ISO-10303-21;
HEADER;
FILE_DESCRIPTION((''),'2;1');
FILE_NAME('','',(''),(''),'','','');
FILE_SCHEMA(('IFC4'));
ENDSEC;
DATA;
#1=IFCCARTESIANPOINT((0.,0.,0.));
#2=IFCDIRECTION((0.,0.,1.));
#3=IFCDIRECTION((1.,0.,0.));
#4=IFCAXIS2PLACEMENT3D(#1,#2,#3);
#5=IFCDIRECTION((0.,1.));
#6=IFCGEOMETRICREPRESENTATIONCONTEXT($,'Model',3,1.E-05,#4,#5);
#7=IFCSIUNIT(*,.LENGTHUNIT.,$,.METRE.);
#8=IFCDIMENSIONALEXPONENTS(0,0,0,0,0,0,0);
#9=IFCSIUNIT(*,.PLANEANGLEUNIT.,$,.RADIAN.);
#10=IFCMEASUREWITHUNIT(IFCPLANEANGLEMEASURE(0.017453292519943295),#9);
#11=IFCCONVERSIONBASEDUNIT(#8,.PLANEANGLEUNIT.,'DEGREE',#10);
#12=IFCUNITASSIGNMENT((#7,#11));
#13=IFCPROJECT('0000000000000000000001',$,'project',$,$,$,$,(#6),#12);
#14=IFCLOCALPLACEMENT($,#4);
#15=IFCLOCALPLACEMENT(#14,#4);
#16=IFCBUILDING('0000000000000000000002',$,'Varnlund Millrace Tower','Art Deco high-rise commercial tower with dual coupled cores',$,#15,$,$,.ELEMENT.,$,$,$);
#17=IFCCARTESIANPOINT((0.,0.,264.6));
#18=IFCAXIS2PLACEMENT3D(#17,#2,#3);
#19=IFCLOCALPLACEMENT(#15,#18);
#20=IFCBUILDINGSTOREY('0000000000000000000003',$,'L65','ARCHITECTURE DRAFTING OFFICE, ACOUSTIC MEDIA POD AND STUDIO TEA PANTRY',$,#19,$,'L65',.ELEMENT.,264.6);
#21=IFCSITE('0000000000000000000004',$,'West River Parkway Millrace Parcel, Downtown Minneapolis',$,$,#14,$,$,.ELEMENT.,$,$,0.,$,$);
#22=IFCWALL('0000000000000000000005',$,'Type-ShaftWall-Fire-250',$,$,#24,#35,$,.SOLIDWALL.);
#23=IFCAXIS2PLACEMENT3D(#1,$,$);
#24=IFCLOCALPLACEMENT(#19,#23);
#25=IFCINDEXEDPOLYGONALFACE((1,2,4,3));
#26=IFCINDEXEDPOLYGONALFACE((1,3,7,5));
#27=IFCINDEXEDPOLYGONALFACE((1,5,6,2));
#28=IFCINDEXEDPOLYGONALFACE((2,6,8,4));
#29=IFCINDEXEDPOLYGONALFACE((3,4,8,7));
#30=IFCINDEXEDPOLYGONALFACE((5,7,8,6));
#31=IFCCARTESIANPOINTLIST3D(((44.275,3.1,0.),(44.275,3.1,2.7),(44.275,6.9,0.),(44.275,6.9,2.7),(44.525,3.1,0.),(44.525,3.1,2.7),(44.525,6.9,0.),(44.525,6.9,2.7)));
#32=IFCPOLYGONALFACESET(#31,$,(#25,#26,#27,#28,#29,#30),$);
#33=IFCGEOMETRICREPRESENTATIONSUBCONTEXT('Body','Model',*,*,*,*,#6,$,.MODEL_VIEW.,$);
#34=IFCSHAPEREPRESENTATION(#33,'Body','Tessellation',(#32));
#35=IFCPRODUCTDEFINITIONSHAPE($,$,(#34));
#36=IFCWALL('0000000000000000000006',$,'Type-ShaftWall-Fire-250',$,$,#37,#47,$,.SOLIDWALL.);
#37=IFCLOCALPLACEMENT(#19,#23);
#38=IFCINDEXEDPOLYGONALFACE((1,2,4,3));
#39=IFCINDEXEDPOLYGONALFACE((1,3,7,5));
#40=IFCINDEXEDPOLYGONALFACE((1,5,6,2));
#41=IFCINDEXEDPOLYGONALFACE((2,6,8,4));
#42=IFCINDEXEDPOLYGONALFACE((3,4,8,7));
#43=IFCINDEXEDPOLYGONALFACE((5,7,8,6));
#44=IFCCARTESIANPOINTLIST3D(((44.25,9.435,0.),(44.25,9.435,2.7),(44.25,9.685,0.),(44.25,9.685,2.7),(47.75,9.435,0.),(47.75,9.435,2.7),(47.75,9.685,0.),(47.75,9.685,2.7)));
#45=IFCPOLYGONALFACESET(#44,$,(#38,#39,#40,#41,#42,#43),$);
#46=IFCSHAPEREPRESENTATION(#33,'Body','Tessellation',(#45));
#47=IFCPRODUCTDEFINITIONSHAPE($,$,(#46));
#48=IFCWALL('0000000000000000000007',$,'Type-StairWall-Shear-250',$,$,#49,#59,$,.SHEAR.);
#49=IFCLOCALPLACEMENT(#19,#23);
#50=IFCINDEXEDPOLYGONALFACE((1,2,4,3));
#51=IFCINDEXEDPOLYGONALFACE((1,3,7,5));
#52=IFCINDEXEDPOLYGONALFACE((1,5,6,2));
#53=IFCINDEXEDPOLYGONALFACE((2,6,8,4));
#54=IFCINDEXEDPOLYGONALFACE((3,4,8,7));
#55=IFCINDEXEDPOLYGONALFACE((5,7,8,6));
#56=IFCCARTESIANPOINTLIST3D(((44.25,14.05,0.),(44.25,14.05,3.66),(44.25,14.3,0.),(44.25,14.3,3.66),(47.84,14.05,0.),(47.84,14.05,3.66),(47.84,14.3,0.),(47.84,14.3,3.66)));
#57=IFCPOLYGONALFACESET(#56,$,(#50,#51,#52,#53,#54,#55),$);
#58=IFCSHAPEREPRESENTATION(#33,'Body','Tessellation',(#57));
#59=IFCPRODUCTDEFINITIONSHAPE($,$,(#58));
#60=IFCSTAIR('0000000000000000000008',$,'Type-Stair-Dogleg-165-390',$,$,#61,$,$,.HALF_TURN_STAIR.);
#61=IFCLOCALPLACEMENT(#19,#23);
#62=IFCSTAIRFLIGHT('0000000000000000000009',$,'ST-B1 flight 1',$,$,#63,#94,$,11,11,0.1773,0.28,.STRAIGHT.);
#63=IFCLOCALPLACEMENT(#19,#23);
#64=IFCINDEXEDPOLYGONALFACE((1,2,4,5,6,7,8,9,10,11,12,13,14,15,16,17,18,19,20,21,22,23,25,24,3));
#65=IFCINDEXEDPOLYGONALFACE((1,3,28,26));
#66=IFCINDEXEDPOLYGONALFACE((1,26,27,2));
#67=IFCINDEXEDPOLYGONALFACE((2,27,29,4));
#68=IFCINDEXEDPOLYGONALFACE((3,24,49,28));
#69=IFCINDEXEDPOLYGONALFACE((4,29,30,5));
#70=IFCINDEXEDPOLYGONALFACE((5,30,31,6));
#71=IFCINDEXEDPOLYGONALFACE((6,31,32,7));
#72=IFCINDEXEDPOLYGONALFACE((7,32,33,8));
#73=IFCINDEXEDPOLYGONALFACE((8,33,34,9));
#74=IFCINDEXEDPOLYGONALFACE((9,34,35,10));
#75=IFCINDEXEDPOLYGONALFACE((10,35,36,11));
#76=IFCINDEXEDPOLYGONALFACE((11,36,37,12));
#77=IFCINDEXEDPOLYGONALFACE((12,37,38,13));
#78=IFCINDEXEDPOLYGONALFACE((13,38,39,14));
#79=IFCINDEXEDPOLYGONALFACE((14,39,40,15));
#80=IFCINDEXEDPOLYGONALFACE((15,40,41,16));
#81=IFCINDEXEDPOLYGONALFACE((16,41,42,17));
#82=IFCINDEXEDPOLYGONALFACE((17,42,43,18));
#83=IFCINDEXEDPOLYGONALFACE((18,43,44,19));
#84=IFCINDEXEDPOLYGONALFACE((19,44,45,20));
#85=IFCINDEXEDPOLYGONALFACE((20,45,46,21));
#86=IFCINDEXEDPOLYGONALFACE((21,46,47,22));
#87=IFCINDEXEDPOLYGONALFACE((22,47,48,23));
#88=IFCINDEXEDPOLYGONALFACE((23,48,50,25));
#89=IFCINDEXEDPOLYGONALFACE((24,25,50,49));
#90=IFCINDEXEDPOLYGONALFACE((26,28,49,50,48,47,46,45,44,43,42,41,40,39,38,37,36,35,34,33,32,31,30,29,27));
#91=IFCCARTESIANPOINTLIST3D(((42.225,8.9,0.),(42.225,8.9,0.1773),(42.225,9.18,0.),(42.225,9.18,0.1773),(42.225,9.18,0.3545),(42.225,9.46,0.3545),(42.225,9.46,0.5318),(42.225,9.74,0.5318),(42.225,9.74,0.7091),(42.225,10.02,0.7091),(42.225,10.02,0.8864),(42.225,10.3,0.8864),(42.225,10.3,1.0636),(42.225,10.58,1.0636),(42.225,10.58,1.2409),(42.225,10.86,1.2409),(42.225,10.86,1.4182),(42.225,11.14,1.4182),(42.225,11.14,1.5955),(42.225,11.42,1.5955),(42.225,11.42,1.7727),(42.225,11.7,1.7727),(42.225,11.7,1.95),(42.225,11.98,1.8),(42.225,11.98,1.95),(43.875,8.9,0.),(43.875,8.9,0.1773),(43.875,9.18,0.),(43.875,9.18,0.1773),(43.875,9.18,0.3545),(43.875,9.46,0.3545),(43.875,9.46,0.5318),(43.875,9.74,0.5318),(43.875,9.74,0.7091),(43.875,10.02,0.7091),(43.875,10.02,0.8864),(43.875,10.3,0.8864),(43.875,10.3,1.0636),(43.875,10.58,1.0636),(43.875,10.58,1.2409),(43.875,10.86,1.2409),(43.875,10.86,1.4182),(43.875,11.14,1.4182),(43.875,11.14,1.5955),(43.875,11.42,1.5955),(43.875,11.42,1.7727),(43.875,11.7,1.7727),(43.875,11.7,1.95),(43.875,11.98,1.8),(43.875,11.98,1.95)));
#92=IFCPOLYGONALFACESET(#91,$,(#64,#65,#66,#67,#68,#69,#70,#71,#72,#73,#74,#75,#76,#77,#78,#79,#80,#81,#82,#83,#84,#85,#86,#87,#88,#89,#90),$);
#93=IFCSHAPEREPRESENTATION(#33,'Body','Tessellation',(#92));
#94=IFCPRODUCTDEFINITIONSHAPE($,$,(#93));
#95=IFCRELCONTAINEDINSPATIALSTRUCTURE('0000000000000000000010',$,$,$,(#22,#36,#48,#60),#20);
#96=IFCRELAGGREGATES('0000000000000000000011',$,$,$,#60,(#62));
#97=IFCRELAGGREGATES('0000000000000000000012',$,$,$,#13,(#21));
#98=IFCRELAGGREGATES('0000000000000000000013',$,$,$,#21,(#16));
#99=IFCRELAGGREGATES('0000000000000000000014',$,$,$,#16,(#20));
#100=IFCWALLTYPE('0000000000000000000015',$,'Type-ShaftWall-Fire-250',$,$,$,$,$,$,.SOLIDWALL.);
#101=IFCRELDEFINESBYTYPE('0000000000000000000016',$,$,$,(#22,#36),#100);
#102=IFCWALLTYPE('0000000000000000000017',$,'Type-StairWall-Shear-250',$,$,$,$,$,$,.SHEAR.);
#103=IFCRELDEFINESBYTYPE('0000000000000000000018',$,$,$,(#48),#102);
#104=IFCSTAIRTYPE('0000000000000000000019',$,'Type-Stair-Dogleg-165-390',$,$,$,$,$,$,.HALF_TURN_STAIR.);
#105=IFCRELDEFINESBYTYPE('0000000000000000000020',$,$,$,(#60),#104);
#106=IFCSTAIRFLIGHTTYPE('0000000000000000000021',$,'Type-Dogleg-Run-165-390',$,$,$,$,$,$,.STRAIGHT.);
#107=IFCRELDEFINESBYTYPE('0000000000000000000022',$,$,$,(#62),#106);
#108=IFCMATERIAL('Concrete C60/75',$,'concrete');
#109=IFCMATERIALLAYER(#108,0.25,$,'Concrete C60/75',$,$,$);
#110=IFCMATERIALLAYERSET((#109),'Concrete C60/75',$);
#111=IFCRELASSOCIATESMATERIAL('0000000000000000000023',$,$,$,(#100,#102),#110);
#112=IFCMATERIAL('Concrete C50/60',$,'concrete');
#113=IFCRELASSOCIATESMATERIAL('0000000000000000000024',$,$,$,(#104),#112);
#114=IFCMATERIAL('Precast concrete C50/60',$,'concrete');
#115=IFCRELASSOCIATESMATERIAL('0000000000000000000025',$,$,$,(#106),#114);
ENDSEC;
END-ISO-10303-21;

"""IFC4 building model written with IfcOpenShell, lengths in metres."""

from ifc_helpers import new_model, entity, si_unit, converted_unit, direction, frame, origin_with_axes, place, context, subcontext, project, spatial, polyline, outline, extrude, material, layer, layer_set, type_object, element, aggregate, save


model = new_model("IFC4")

# Units and contexts
model_context = context("Model", 3, precision=1e-05, world=origin_with_axes(), true_north=direction((0.0, 1.0)))
body_context = subcontext(model_context, "Body", "Model", "MODEL_VIEW")
ifc_project = project(units=[si_unit("LENGTHUNIT", "METRE"), converted_unit("PLANEANGLEUNIT", "DEGREE", entity("IfcPlaneAngleMeasure", 0.017453292519943295), si_unit("PLANEANGLEUNIT", "RADIAN"), dimensions=[0, 0, 0, 0, 0, 0, 0])], contexts=[model_context])

# Site, building, storey
site_placement = place(None, origin_with_axes())
site = spatial("IfcSite", under=ifc_project, at=site_placement, Name="West River Parkway Millrace Parcel, Downtown Minneapolis", CompositionType="ELEMENT", RefElevation=0.0)
building_placement = place(site_placement, origin_with_axes())
building = spatial("IfcBuilding", under=site, at=building_placement, Name="Varnlund Millrace Tower", Description="Art Deco high-rise commercial tower with dual coupled cores", CompositionType="ELEMENT")
storey_placement = place(building_placement, frame((0.0, 0.0, 264.6), z_axis=(0.0, 0.0, 1.0), x_axis=(1.0, 0.0, 0.0)))
storey = spatial("IfcBuildingStorey", under=building, at=storey_placement, Name="L65", Description="ARCHITECTURE DRAFTING OFFICE, ACOUSTIC MEDIA POD AND STUDIO TEA PANTRY", LongName="L65", CompositionType="ELEMENT", Elevation=264.6)

# Shared definitions
ifc_material_1 = material(Name="Concrete C60/75", Category="concrete")

# Shared definitions
ifc_layer = layer(ifc_material_1, 0.25, Name="Concrete C60/75")
ifc_layer_set = layer_set([ifc_layer], Name="Concrete C60/75")
wall_type_1 = type_object("IfcWallType", Name="Type-ShaftWall-Fire-250", PredefinedType="SOLIDWALL", material=ifc_layer_set)

# Walls
wall_1_placement = place(storey_placement, frame((44.4, 3.1, 0.0), z_axis=(0.0, 0.0, 1.0), x_axis=(0.0, 1.0, 0.0)))
element("IfcWall", 1, at=wall_1_placement, inside=storey, type_object=wall_type_1, Name="Type-ShaftWall-Fire-250", PredefinedType="SOLIDWALL", context=body_context, shape_type="SweptSolid", body=[
    extrude(outline(polyline([(0.0, -0.125), (3.8, -0.125), (3.8, 0.125), (0.0, 0.125), (0.0, -0.125)])), origin_with_axes(), (0.0, 0.0, 1.0), 2.7),
])
wall_2_placement = place(storey_placement, frame((44.25, 9.56, 0.0), z_axis=(0.0, 0.0, 1.0), x_axis=(1.0, 0.0, 0.0)))
element("IfcWall", 2, at=wall_2_placement, inside=storey, type_object=wall_type_1, Name="Type-ShaftWall-Fire-250", PredefinedType="SOLIDWALL", context=body_context, shape_type="SweptSolid", body=[
    extrude(outline(polyline([(0.0, -0.125), (3.5, -0.125), (3.5, 0.125), (0.0, 0.125), (0.0, -0.125)])), origin_with_axes(), (0.0, 0.0, 1.0), 2.7),
])
wall_type_2 = type_object("IfcWallType", Name="Type-StairWall-Shear-250", PredefinedType="SHEAR", material=ifc_layer_set)
wall_3_placement = place(storey_placement, frame((44.25, 14.175, 0.0), z_axis=(0.0, 0.0, 1.0), x_axis=(1.0, 0.0, 0.0)))
element("IfcWall", 3, at=wall_3_placement, inside=storey, type_object=wall_type_2, Name="Type-StairWall-Shear-250", PredefinedType="SHEAR", context=body_context, shape_type="SweptSolid", body=[
    extrude(outline(polyline([(0.0, -0.125), (3.59, -0.125), (3.59, 0.125), (0.0, 0.125), (0.0, -0.125)])), origin_with_axes(), (0.0, 0.0, 1.0), 3.66),
])

# Stair, stair flight
ifc_material_2 = material(Name="Concrete C50/60", Category="concrete")
stair_type = type_object("IfcStairType", Name="Type-Stair-Dogleg-165-390", PredefinedType="HALF_TURN_STAIR", material=ifc_material_2)
stair_placement = place(storey_placement, origin_with_axes())
stair = element("IfcStair", 4, at=stair_placement, inside=storey, type_object=stair_type, Name="Type-Stair-Dogleg-165-390", PredefinedType="HALF_TURN_STAIR")
ifc_material_3 = material(Name="Precast concrete C50/60", Category="concrete")
stair_flight_type = type_object("IfcStairFlightType", Name="Type-Dogleg-Run-165-390", PredefinedType="STRAIGHT", material=ifc_material_3)
stair_flight_placement = place(storey_placement, frame((42.225, 8.9, 0.0), z_axis=(1.0, 0.0, 0.0), x_axis=(0.0, 1.0, 0.0)))
stair_flight = element("IfcStairFlight", 5, at=stair_flight_placement, type_object=stair_flight_type, Name="ST-B1 flight 1", NumberOfRisers=11, NumberOfTreads=11, PredefinedType="STRAIGHT", RiserHeight=0.1773, TreadLength=0.28, context=body_context, shape_type="SweptSolid", body=[
    extrude(outline(polyline([(0.0, 0.0), (0.0, 0.1773), (0.28, 0.1773), (0.28, 0.3545), (0.56, 0.3545), (0.56, 0.5318), (0.84, 0.5318), (0.84, 0.7091), (1.12, 0.7091), (1.12, 0.8864), (1.4, 0.8864), (1.4, 1.0636), (1.68, 1.0636), (1.68, 1.2409), (1.96, 1.2409), (1.96, 1.4182), (2.24, 1.4182), (2.24, 1.5955), (2.52, 1.5955), (2.52, 1.7727), (2.8, 1.7727), (2.8, 1.95), (3.08, 1.95), (3.08, 1.8), (0.28, 0.0), (0.0, 0.0)])), origin_with_axes(), (0.0, 0.0, 1.0), 1.65),
])
aggregate(stair, [stair_flight])

save(model, "model.ifc")
